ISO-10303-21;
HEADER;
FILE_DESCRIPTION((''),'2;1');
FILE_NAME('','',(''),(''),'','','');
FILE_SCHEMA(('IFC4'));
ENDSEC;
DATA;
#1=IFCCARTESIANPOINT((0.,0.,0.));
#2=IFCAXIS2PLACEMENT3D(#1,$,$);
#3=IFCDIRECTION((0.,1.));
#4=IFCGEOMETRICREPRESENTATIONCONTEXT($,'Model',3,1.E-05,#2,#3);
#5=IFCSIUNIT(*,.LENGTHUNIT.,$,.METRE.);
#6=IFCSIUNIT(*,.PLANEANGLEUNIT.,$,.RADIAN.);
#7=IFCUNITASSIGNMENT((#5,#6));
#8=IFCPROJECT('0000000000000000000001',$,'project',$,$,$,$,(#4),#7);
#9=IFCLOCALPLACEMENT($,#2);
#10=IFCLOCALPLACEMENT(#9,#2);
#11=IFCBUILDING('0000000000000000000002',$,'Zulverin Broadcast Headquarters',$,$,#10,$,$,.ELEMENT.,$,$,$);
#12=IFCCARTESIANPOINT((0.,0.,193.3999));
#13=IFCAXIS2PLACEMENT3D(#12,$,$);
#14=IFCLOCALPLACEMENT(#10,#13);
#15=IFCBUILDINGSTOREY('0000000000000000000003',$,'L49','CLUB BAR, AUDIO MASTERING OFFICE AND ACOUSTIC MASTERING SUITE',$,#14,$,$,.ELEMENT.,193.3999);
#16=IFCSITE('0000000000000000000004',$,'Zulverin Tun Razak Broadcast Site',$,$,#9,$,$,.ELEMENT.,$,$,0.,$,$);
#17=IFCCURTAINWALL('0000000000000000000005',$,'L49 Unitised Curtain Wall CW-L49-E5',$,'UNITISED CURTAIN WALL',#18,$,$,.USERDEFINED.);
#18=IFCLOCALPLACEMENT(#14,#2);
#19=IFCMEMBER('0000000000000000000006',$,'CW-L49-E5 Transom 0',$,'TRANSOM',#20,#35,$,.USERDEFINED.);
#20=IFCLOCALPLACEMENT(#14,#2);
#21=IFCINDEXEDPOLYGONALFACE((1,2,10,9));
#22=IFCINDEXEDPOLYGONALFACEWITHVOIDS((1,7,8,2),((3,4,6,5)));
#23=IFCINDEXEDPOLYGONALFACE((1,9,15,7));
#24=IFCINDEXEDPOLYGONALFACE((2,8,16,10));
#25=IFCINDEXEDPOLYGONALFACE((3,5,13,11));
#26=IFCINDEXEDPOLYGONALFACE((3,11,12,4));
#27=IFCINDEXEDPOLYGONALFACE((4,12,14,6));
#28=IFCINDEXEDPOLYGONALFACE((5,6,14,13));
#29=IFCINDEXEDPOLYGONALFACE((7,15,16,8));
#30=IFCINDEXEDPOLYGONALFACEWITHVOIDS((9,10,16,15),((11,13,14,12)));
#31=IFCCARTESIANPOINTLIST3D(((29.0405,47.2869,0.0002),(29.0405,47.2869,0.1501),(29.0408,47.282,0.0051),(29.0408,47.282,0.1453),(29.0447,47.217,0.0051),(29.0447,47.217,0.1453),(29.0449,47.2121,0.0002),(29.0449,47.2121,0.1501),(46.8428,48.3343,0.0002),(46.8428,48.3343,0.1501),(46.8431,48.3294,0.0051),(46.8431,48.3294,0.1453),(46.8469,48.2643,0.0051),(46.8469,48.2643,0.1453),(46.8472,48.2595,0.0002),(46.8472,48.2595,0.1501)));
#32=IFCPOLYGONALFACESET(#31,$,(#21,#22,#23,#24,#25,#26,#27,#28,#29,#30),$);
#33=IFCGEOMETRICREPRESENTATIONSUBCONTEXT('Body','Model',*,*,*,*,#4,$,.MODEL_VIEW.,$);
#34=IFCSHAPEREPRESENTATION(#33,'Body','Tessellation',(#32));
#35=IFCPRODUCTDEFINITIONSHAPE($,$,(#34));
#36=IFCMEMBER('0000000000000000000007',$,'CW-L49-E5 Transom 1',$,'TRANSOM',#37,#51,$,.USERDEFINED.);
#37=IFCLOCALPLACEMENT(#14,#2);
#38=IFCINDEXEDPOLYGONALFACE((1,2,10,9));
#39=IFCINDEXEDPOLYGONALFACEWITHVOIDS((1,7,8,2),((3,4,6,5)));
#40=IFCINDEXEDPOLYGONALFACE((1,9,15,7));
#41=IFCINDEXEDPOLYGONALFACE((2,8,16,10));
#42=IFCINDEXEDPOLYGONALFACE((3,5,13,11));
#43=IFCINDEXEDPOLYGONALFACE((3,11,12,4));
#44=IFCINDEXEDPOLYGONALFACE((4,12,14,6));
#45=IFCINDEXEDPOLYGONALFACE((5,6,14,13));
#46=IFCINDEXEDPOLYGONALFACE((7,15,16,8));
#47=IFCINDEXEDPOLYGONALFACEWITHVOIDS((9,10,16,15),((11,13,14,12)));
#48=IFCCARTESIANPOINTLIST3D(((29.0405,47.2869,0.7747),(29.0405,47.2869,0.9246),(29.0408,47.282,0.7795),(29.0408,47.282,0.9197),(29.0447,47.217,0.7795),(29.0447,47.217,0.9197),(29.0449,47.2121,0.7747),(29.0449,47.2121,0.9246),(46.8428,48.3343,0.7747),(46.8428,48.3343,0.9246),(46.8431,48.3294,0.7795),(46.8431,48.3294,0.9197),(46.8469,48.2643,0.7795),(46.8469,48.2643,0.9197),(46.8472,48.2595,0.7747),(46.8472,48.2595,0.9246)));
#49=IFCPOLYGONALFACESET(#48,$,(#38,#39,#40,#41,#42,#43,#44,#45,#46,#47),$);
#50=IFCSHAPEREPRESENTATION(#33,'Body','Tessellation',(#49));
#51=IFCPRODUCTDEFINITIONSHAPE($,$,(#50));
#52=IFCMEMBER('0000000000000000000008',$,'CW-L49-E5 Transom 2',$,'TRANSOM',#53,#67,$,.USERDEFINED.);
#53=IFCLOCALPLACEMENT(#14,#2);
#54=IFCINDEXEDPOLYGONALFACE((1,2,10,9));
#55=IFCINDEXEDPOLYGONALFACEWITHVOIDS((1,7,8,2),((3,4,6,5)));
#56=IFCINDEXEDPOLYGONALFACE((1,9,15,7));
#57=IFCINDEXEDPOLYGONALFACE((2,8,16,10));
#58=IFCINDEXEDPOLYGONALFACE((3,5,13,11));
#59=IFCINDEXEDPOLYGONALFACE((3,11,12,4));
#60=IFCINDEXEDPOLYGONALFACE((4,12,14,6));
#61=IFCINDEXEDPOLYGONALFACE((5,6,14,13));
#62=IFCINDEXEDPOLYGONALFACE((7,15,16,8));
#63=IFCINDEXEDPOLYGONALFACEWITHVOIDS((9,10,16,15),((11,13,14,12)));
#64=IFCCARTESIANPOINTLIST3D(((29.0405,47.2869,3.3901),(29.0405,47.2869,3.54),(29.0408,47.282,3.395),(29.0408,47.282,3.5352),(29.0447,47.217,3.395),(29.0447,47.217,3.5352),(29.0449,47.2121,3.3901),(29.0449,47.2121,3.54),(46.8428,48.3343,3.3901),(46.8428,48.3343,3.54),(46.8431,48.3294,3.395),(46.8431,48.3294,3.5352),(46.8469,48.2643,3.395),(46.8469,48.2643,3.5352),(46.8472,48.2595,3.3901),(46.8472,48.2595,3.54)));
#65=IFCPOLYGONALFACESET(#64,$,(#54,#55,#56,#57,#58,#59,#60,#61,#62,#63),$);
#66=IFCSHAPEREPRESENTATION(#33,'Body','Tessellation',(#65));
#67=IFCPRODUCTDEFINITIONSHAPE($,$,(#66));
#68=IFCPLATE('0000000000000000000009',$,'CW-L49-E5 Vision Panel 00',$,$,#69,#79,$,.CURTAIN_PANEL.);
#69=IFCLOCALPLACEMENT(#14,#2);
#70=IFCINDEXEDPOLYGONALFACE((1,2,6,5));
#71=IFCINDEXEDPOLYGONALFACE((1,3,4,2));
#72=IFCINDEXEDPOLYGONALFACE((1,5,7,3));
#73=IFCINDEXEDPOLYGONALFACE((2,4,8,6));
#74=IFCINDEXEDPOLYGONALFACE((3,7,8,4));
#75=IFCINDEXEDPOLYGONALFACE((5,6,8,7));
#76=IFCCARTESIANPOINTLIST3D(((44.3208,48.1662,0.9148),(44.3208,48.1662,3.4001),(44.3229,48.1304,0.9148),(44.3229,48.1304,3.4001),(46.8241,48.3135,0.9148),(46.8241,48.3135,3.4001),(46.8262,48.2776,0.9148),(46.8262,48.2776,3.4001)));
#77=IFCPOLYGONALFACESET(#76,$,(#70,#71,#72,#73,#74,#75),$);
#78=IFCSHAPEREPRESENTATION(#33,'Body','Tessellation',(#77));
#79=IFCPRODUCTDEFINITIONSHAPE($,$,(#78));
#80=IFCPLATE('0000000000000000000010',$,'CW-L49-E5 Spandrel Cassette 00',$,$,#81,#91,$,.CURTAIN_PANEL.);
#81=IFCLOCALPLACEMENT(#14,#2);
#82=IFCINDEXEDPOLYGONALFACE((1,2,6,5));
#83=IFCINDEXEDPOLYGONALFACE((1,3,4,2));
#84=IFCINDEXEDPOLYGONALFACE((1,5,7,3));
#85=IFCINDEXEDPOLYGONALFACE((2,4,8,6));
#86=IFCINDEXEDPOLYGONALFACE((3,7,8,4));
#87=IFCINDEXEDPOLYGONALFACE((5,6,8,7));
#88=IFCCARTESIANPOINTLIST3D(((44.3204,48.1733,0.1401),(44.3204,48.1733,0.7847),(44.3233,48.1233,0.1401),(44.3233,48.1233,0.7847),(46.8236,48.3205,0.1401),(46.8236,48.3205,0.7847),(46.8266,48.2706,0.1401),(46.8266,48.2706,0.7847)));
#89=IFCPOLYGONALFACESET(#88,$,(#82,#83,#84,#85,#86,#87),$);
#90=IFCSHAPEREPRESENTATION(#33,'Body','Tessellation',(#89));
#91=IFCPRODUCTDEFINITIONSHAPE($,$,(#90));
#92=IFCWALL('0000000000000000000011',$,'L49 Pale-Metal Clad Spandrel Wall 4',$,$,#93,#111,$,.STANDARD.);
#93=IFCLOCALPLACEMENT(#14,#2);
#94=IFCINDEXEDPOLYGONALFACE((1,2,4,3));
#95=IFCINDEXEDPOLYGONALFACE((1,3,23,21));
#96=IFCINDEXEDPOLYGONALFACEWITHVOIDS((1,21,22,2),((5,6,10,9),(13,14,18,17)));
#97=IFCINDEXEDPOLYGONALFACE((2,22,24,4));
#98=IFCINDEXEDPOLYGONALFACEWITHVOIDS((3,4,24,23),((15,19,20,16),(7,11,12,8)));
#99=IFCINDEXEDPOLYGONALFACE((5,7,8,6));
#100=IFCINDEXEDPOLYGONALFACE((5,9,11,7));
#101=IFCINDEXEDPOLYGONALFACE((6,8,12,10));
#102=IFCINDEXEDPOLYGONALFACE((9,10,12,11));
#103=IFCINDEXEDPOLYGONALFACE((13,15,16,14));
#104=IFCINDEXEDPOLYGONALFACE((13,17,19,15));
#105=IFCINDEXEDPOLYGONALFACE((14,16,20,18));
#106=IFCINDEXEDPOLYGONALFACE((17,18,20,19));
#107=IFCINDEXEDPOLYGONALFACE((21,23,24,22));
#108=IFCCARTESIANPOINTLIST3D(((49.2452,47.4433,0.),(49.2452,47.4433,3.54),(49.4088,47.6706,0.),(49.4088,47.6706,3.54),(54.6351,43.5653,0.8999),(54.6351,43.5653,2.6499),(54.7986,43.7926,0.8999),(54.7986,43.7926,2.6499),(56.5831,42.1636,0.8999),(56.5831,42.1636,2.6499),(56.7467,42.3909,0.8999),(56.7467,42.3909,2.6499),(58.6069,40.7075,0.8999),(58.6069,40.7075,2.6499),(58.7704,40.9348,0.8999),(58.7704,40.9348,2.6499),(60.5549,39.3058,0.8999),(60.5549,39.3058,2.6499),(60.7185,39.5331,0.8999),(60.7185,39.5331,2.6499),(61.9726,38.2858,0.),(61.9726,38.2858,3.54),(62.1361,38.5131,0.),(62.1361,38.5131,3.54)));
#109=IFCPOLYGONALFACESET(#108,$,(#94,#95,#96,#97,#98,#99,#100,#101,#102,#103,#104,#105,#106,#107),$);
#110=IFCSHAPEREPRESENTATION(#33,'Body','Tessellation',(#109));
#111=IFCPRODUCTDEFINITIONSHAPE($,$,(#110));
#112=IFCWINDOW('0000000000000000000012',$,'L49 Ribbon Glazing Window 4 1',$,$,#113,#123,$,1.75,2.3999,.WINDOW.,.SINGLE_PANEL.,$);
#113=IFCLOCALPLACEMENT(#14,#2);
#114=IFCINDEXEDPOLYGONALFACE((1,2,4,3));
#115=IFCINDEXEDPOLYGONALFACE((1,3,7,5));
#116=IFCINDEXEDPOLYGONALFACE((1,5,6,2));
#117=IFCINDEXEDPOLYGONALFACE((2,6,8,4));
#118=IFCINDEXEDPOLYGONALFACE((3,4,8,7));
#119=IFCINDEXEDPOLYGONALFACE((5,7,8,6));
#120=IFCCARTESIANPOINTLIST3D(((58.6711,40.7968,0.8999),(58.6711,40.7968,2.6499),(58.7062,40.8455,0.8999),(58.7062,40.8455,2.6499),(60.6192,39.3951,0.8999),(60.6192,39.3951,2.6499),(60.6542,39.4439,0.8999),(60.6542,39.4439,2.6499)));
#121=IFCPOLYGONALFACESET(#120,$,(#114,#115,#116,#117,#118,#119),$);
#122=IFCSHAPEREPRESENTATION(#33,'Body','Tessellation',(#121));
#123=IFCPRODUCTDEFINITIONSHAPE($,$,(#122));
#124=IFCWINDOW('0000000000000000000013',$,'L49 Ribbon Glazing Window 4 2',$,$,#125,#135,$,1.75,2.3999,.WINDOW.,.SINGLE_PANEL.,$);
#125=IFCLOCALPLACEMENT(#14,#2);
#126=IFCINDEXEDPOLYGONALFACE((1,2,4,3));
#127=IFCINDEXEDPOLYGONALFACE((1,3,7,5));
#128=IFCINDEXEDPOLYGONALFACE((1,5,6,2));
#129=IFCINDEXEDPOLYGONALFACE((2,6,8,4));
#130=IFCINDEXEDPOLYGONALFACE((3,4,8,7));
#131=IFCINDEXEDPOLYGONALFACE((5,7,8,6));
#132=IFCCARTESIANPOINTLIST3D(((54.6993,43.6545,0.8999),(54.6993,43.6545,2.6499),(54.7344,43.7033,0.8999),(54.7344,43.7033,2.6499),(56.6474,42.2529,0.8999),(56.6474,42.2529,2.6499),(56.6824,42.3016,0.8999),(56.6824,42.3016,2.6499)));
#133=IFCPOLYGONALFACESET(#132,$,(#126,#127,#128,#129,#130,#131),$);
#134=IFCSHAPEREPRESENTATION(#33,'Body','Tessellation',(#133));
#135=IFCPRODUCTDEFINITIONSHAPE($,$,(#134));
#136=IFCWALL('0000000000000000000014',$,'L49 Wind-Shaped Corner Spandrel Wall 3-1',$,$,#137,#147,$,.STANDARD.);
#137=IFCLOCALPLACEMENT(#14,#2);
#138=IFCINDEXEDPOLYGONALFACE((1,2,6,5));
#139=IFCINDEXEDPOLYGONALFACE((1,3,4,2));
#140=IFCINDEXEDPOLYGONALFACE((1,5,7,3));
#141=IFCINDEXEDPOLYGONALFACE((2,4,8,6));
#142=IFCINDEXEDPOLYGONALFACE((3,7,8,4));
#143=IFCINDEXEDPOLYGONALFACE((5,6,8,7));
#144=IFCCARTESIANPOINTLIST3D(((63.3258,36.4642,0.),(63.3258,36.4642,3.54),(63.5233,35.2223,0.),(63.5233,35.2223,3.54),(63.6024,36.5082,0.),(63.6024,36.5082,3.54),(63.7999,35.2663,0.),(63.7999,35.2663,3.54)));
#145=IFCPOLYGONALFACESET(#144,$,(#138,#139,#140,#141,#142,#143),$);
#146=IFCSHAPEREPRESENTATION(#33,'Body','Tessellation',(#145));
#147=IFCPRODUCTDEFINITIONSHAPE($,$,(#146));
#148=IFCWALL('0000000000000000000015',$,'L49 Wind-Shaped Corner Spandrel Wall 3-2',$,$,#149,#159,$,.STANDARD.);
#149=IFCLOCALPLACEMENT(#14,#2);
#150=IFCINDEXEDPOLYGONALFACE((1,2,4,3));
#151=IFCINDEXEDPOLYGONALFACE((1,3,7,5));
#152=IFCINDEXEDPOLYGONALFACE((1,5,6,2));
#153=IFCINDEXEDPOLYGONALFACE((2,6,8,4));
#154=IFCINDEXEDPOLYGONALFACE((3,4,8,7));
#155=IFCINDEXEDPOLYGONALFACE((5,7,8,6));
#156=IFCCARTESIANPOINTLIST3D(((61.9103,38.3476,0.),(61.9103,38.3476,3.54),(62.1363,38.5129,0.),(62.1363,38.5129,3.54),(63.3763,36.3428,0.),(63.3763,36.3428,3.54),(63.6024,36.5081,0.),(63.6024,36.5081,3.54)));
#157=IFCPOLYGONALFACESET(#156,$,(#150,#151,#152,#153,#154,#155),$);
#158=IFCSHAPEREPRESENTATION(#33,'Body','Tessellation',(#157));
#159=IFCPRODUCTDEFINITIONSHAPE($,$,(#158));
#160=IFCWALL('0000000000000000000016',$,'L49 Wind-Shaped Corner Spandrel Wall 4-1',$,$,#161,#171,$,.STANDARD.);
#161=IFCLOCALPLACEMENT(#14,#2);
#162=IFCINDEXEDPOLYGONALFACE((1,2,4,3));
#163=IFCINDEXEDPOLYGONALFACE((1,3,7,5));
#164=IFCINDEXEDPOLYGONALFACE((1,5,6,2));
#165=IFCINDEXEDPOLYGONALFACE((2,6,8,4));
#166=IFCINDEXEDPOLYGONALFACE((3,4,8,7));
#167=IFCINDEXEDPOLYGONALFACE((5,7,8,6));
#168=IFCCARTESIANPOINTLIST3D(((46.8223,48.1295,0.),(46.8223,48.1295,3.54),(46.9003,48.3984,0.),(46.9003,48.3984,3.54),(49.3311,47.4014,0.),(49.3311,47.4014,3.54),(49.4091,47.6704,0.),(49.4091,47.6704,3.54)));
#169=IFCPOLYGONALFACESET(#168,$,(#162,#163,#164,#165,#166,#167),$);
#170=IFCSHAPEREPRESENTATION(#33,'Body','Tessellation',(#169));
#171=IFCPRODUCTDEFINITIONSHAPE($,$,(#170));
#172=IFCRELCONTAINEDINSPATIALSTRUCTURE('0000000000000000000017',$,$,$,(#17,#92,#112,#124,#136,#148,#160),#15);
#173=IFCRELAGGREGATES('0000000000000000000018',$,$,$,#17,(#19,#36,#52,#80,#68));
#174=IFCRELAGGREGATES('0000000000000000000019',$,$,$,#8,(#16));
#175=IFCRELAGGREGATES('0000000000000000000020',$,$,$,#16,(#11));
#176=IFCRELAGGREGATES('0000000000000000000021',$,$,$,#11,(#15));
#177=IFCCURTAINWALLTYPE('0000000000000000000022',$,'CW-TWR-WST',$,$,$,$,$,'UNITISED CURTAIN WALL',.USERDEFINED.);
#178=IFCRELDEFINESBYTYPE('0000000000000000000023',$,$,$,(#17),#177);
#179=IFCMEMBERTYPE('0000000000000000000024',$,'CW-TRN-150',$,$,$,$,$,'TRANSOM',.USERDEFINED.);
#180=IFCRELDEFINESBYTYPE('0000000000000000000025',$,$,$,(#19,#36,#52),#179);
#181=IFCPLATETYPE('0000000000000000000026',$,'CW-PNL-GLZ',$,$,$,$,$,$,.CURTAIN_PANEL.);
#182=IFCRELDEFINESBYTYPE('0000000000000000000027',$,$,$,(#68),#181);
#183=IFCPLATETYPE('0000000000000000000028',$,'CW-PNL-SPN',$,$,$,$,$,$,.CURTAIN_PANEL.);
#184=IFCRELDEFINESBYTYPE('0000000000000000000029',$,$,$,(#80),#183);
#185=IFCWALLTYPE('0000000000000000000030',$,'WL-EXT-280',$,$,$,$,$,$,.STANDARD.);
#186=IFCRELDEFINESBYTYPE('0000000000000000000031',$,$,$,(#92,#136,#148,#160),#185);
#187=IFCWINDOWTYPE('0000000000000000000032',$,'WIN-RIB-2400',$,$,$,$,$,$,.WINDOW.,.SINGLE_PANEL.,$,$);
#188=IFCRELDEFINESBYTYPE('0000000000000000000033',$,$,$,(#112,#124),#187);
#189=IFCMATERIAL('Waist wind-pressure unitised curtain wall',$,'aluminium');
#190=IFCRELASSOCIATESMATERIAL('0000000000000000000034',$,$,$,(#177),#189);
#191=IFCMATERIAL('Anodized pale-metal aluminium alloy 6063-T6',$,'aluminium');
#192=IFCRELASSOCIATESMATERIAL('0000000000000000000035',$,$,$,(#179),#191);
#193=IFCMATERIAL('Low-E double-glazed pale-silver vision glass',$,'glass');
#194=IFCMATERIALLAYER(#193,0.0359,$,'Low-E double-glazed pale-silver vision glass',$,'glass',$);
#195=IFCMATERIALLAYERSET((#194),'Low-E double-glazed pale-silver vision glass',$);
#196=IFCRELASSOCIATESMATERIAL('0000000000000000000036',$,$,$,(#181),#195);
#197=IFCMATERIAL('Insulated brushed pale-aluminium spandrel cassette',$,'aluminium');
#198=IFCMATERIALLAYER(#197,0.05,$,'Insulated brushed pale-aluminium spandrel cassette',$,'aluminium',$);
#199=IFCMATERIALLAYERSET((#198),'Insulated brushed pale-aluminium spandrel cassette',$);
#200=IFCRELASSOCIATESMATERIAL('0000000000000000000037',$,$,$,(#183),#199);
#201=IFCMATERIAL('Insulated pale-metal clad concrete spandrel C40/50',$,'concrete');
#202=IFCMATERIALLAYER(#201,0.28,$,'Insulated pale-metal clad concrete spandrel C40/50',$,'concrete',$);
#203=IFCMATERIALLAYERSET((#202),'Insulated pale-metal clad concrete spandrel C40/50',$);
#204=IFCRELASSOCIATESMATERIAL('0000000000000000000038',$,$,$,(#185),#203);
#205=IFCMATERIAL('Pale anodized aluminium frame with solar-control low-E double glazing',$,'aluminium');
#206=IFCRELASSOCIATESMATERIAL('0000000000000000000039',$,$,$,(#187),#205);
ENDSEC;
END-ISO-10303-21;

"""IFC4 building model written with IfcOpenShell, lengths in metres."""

from ifc_helpers import new_model, si_unit, direction, frame, frame_2d, origin, origin_2d, place, context, subcontext, project, spatial, rectangle, hollow_rectangle, extrude, material, layer, layer_set, material_profile, profile_set, type_object, element, fill, aggregate, save


model = new_model("IFC4")

# Units and contexts
model_context = context("Model", 3, precision=1e-05, world=origin(), true_north=direction((0.0, 1.0)))
body_context = subcontext(model_context, "Body", "Model", "MODEL_VIEW")
ifc_project = project(units=[si_unit("LENGTHUNIT", "METRE"), si_unit("PLANEANGLEUNIT", "RADIAN")], contexts=[model_context])

# Site, building, storey
site_placement = place(None, origin())
site = spatial("IfcSite", under=ifc_project, at=site_placement, Name="Zulverin Tun Razak Broadcast Site", CompositionType="ELEMENT", RefElevation=0.0)
building_placement = place(site_placement, origin())
building = spatial("IfcBuilding", under=site, at=building_placement, Name="Zulverin Broadcast Headquarters", CompositionType="ELEMENT")
storey_placement = place(building_placement, frame((0.0, 0.0, 193.3999)))
storey = spatial("IfcBuildingStorey", under=building, at=storey_placement, Name="L49", Description="CLUB BAR, AUDIO MASTERING OFFICE AND ACOUSTIC MASTERING SUITE", CompositionType="ELEMENT", Elevation=193.3999)

# Curtain wall, members, plates
ifc_material_1 = material(Name="Waist wind-pressure unitised curtain wall", Category="aluminium")
curtain_wall_type = type_object("IfcCurtainWallType", Name="CW-TWR-WST", ElementType="UNITISED CURTAIN WALL", PredefinedType="USERDEFINED", material=ifc_material_1)
curtain_wall_placement = place(storey_placement, origin())
curtain_wall = element("IfcCurtainWall", 1, at=curtain_wall_placement, inside=storey, type_object=curtain_wall_type, Name="L49 Unitised Curtain Wall CW-L49-E5", ObjectType="UNITISED CURTAIN WALL", PredefinedType="USERDEFINED")
ifc_material_2 = material(Name="Anodized pale-metal aluminium alloy 6063-T6", Category="aluminium")
ifc_material_profile_1 = material_profile(ifc_material_2, hollow_rectangle(XDim=0.075, YDim=0.1499, WallThickness=0.0049, at=origin_2d()), Name="Anodized pale-metal aluminium alloy 6063-T6", Category="aluminium")
ifc_profile_set_1 = profile_set([ifc_material_profile_1], Name="Anodized pale-metal aluminium alloy 6063-T6")
member_type_1 = type_object("IfcMemberType", Name="CW-TRN-150", ElementType="TRANSOM", PredefinedType="USERDEFINED", material=ifc_profile_set_1)
member_1_placement = place(storey_placement, frame((46.845, 48.2969, 0.0752), z_axis=(-0.998274, -0.058732, 0.0), x_axis=(0.058732, -0.998274, 0.0)))
member_1 = element("IfcMember", 2, at=member_1_placement, type_object=member_type_1, Name="CW-L49-E5 Transom 0", ObjectType="TRANSOM", PredefinedType="USERDEFINED", context=body_context, shape_type="SweptSolid", body=[
    extrude(hollow_rectangle(XDim=0.075, YDim=0.1499, WallThickness=0.0049, at=origin_2d()), origin(), (0.0, 0.0, 1.0), 17.833),
])
member_2_placement = place(storey_placement, frame((46.845, 48.2969, 0.8496), z_axis=(-0.998274, -0.058732, 0.0), x_axis=(0.058732, -0.998274, 0.0)))
member_2 = element("IfcMember", 3, at=member_2_placement, type_object=member_type_1, Name="CW-L49-E5 Transom 1", ObjectType="TRANSOM", PredefinedType="USERDEFINED", context=body_context, shape_type="SweptSolid", body=[
    extrude(hollow_rectangle(XDim=0.075, YDim=0.1499, WallThickness=0.0049, at=origin_2d()), origin(), (0.0, 0.0, 1.0), 17.833),
])
member_3_placement = place(storey_placement, frame((46.845, 48.2969, 3.4651), z_axis=(-0.998274, -0.058732, 0.0), x_axis=(0.058732, -0.998274, 0.0)))
member_3 = element("IfcMember", 4, at=member_3_placement, type_object=member_type_1, Name="CW-L49-E5 Transom 2", ObjectType="TRANSOM", PredefinedType="USERDEFINED", context=body_context, shape_type="SweptSolid", body=[
    extrude(hollow_rectangle(XDim=0.075, YDim=0.1499, WallThickness=0.0049, at=origin_2d()), origin(), (0.0, 0.0, 1.0), 17.833),
])
ifc_material_3 = material(Name="Low-E double-glazed pale-silver vision glass", Category="glass")
ifc_layer_1 = layer(ifc_material_3, 0.0359, Name="Low-E double-glazed pale-silver vision glass", Category="glass")
ifc_layer_set_1 = layer_set([ifc_layer_1], Name="Low-E double-glazed pale-silver vision glass")
plate_type_1 = type_object("IfcPlateType", Name="CW-PNL-GLZ", PredefinedType="CURTAIN_PANEL", material=ifc_layer_set_1)
plate_1_placement = place(storey_placement, frame((45.5735, 48.2219, 0.9148), z_axis=(0.0, 0.0, 1.0), x_axis=(-0.998274, -0.058723, 0.0)))
plate_1 = element("IfcPlate", 5, at=plate_1_placement, type_object=plate_type_1, Name="CW-L49-E5 Vision Panel 00", PredefinedType="CURTAIN_PANEL", context=body_context, shape_type="SweptSolid", body=[
    extrude(rectangle(XDim=2.5076, YDim=0.0359, at=origin_2d()), origin(), (0.0, 0.0, 1.0), 2.4854),
])
ifc_material_4 = material(Name="Insulated brushed pale-aluminium spandrel cassette", Category="aluminium")
ifc_layer_2 = layer(ifc_material_4, 0.05, Name="Insulated brushed pale-aluminium spandrel cassette", Category="aluminium")
ifc_layer_set_2 = layer_set([ifc_layer_2], Name="Insulated brushed pale-aluminium spandrel cassette")
plate_type_2 = type_object("IfcPlateType", Name="CW-PNL-SPN", PredefinedType="CURTAIN_PANEL", material=ifc_layer_set_2)
plate_2_placement = place(storey_placement, frame((45.5735, 48.2219, 0.1401), z_axis=(0.0, 0.0, 1.0), x_axis=(-0.998274, -0.058723, 0.0)))
plate_2 = element("IfcPlate", 6, at=plate_2_placement, type_object=plate_type_2, Name="CW-L49-E5 Spandrel Cassette 00", PredefinedType="CURTAIN_PANEL", context=body_context, shape_type="SweptSolid", body=[
    extrude(rectangle(XDim=2.5076, YDim=0.05, at=origin_2d()), origin(), (0.0, 0.0, 1.0), 0.6445),
])
aggregate(curtain_wall, [member_1, member_2, member_3, plate_2, plate_1])

# Wall, openings, windows
ifc_material_5 = material(Name="Insulated pale-metal clad concrete spandrel C40/50", Category="concrete")
ifc_layer_3 = layer(ifc_material_5, 0.28, Name="Insulated pale-metal clad concrete spandrel C40/50", Category="concrete")
ifc_layer_set_3 = layer_set([ifc_layer_3], Name="Insulated pale-metal clad concrete spandrel C40/50")
wall_type_1 = type_object("IfcWallType", Name="WL-EXT-280", PredefinedType="STANDARD", material=ifc_layer_set_3)
wall_1_placement = place(storey_placement, frame((62.0544, 38.3994, 0.0), z_axis=(0.0, 0.0, 1.0), x_axis=(-0.811721, 0.584045, 0.0)))
wall_1 = element("IfcWall", 7, at=wall_1_placement, inside=storey, type_object=wall_type_1, Name="L49 Pale-Metal Clad Spandrel Wall 4", PredefinedType="STANDARD", context=body_context, shape_type="SweptSolid", body=[
    extrude(rectangle(XDim=15.6794, YDim=0.28, at=frame_2d((7.8398, 0.0))), origin(), (0.0, 0.0, 1.0), 3.54),
])
opening_1_placement = place(wall_1_placement, frame((1.7466, 0.0, 0.8999)))
opening_1 = element("IfcOpeningElement", 8, at=opening_1_placement, cuts=wall_1, PredefinedType="OPENING", context=body_context, shape_type="SweptSolid", body=[
    extrude(rectangle(XDim=2.3999, YDim=1.75, at=frame_2d((1.2, 0.875))), frame((0.0, 0.1499, 0.0), z_axis=(0.0, -1.0, 0.0), x_axis=(1.0, 0.0, 0.0)), (0.0, 0.0, 1.0), 0.3),
])
opening_2_placement = place(wall_1_placement, frame((6.6396, 0.0, 0.8999)))
opening_2 = element("IfcOpeningElement", 9, at=opening_2_placement, cuts=wall_1, PredefinedType="OPENING", context=body_context, shape_type="SweptSolid", body=[
    extrude(rectangle(XDim=2.3999, YDim=1.75, at=frame_2d((1.2, 0.875))), frame((0.0, 0.1499, 0.0), z_axis=(0.0, -1.0, 0.0), x_axis=(1.0, 0.0, 0.0)), (0.0, 0.0, 1.0), 0.3),
])
ifc_material_6 = material(Name="Pale anodized aluminium frame with solar-control low-E double glazing", Category="aluminium")
window_type = type_object("IfcWindowType", Name="WIN-RIB-2400", PartitioningType="SINGLE_PANEL", PredefinedType="WINDOW", material=ifc_material_6)
window_1_placement = place(opening_1_placement, origin())
window_1 = element("IfcWindow", 10, at=window_1_placement, inside=storey, type_object=window_type, Name="L49 Ribbon Glazing Window 4 1", OverallHeight=1.75, OverallWidth=2.3999, PartitioningType="SINGLE_PANEL", PredefinedType="WINDOW", context=body_context, shape_type="SweptSolid", body=[
    extrude(rectangle(XDim=2.3999, YDim=1.75, at=frame_2d((1.2, 0.875))), frame((0.0, 0.03, 0.0), z_axis=(0.0, -1.0, 0.0), x_axis=(1.0, 0.0, 0.0)), (0.0, 0.0, 1.0), 0.0601),
])
fill(opening_1, window_1)
window_2_placement = place(opening_2_placement, origin())
window_2 = element("IfcWindow", 11, at=window_2_placement, inside=storey, type_object=window_type, Name="L49 Ribbon Glazing Window 4 2", OverallHeight=1.75, OverallWidth=2.3999, PartitioningType="SINGLE_PANEL", PredefinedType="WINDOW", context=body_context, shape_type="SweptSolid", body=[
    extrude(rectangle(XDim=2.3999, YDim=1.75, at=frame_2d((1.2, 0.875))), frame((0.0, 0.03, 0.0), z_axis=(0.0, -1.0, 0.0), x_axis=(1.0, 0.0, 0.0)), (0.0, 0.0, 1.0), 0.0601),
])
fill(opening_2, window_2)

# Walls
wall_2_placement = place(storey_placement, frame((63.6616, 35.2441, 0.0), z_axis=(0.0, 0.0, 1.0), x_axis=(-0.157059, 0.987589, 0.0)))
element("IfcWall", 12, at=wall_2_placement, inside=storey, type_object=wall_type_1, Name="L49 Wind-Shaped Corner Spandrel Wall 3-1", PredefinedType="STANDARD", context=body_context, shape_type="SweptSolid", body=[
    extrude(rectangle(XDim=1.2576, YDim=0.28, at=frame_2d((0.6289, 0.0))), origin(), (0.0, 0.0, 1.0), 3.54),
])
wall_3_placement = place(storey_placement, frame((63.4893, 36.4255, 0.0), z_axis=(0.0, 0.0, 1.0), x_axis=(-0.590268, 0.807207, 0.0)))
element("IfcWall", 13, at=wall_3_placement, inside=storey, type_object=wall_type_1, Name="L49 Wind-Shaped Corner Spandrel Wall 3-2", PredefinedType="STANDARD", context=body_context, shape_type="SweptSolid", body=[
    extrude(rectangle(XDim=2.4836, YDim=0.28, at=frame_2d((1.2417, 0.0))), origin(), (0.0, 0.0, 1.0), 3.54),
])
wall_4_placement = place(storey_placement, frame((49.3701, 47.5359, 0.0), z_axis=(0.0, 0.0, 1.0), x_axis=(-0.96038, 0.278693, 0.0)))
element("IfcWall", 14, at=wall_4_placement, inside=storey, type_object=wall_type_1, Name="L49 Wind-Shaped Corner Spandrel Wall 4-1", PredefinedType="STANDARD", context=body_context, shape_type="SweptSolid", body=[
    extrude(rectangle(XDim=2.6123, YDim=0.28, at=frame_2d((1.3062, 0.0))), origin(), (0.0, 0.0, 1.0), 3.54),
])

save(model, "model.ifc")
